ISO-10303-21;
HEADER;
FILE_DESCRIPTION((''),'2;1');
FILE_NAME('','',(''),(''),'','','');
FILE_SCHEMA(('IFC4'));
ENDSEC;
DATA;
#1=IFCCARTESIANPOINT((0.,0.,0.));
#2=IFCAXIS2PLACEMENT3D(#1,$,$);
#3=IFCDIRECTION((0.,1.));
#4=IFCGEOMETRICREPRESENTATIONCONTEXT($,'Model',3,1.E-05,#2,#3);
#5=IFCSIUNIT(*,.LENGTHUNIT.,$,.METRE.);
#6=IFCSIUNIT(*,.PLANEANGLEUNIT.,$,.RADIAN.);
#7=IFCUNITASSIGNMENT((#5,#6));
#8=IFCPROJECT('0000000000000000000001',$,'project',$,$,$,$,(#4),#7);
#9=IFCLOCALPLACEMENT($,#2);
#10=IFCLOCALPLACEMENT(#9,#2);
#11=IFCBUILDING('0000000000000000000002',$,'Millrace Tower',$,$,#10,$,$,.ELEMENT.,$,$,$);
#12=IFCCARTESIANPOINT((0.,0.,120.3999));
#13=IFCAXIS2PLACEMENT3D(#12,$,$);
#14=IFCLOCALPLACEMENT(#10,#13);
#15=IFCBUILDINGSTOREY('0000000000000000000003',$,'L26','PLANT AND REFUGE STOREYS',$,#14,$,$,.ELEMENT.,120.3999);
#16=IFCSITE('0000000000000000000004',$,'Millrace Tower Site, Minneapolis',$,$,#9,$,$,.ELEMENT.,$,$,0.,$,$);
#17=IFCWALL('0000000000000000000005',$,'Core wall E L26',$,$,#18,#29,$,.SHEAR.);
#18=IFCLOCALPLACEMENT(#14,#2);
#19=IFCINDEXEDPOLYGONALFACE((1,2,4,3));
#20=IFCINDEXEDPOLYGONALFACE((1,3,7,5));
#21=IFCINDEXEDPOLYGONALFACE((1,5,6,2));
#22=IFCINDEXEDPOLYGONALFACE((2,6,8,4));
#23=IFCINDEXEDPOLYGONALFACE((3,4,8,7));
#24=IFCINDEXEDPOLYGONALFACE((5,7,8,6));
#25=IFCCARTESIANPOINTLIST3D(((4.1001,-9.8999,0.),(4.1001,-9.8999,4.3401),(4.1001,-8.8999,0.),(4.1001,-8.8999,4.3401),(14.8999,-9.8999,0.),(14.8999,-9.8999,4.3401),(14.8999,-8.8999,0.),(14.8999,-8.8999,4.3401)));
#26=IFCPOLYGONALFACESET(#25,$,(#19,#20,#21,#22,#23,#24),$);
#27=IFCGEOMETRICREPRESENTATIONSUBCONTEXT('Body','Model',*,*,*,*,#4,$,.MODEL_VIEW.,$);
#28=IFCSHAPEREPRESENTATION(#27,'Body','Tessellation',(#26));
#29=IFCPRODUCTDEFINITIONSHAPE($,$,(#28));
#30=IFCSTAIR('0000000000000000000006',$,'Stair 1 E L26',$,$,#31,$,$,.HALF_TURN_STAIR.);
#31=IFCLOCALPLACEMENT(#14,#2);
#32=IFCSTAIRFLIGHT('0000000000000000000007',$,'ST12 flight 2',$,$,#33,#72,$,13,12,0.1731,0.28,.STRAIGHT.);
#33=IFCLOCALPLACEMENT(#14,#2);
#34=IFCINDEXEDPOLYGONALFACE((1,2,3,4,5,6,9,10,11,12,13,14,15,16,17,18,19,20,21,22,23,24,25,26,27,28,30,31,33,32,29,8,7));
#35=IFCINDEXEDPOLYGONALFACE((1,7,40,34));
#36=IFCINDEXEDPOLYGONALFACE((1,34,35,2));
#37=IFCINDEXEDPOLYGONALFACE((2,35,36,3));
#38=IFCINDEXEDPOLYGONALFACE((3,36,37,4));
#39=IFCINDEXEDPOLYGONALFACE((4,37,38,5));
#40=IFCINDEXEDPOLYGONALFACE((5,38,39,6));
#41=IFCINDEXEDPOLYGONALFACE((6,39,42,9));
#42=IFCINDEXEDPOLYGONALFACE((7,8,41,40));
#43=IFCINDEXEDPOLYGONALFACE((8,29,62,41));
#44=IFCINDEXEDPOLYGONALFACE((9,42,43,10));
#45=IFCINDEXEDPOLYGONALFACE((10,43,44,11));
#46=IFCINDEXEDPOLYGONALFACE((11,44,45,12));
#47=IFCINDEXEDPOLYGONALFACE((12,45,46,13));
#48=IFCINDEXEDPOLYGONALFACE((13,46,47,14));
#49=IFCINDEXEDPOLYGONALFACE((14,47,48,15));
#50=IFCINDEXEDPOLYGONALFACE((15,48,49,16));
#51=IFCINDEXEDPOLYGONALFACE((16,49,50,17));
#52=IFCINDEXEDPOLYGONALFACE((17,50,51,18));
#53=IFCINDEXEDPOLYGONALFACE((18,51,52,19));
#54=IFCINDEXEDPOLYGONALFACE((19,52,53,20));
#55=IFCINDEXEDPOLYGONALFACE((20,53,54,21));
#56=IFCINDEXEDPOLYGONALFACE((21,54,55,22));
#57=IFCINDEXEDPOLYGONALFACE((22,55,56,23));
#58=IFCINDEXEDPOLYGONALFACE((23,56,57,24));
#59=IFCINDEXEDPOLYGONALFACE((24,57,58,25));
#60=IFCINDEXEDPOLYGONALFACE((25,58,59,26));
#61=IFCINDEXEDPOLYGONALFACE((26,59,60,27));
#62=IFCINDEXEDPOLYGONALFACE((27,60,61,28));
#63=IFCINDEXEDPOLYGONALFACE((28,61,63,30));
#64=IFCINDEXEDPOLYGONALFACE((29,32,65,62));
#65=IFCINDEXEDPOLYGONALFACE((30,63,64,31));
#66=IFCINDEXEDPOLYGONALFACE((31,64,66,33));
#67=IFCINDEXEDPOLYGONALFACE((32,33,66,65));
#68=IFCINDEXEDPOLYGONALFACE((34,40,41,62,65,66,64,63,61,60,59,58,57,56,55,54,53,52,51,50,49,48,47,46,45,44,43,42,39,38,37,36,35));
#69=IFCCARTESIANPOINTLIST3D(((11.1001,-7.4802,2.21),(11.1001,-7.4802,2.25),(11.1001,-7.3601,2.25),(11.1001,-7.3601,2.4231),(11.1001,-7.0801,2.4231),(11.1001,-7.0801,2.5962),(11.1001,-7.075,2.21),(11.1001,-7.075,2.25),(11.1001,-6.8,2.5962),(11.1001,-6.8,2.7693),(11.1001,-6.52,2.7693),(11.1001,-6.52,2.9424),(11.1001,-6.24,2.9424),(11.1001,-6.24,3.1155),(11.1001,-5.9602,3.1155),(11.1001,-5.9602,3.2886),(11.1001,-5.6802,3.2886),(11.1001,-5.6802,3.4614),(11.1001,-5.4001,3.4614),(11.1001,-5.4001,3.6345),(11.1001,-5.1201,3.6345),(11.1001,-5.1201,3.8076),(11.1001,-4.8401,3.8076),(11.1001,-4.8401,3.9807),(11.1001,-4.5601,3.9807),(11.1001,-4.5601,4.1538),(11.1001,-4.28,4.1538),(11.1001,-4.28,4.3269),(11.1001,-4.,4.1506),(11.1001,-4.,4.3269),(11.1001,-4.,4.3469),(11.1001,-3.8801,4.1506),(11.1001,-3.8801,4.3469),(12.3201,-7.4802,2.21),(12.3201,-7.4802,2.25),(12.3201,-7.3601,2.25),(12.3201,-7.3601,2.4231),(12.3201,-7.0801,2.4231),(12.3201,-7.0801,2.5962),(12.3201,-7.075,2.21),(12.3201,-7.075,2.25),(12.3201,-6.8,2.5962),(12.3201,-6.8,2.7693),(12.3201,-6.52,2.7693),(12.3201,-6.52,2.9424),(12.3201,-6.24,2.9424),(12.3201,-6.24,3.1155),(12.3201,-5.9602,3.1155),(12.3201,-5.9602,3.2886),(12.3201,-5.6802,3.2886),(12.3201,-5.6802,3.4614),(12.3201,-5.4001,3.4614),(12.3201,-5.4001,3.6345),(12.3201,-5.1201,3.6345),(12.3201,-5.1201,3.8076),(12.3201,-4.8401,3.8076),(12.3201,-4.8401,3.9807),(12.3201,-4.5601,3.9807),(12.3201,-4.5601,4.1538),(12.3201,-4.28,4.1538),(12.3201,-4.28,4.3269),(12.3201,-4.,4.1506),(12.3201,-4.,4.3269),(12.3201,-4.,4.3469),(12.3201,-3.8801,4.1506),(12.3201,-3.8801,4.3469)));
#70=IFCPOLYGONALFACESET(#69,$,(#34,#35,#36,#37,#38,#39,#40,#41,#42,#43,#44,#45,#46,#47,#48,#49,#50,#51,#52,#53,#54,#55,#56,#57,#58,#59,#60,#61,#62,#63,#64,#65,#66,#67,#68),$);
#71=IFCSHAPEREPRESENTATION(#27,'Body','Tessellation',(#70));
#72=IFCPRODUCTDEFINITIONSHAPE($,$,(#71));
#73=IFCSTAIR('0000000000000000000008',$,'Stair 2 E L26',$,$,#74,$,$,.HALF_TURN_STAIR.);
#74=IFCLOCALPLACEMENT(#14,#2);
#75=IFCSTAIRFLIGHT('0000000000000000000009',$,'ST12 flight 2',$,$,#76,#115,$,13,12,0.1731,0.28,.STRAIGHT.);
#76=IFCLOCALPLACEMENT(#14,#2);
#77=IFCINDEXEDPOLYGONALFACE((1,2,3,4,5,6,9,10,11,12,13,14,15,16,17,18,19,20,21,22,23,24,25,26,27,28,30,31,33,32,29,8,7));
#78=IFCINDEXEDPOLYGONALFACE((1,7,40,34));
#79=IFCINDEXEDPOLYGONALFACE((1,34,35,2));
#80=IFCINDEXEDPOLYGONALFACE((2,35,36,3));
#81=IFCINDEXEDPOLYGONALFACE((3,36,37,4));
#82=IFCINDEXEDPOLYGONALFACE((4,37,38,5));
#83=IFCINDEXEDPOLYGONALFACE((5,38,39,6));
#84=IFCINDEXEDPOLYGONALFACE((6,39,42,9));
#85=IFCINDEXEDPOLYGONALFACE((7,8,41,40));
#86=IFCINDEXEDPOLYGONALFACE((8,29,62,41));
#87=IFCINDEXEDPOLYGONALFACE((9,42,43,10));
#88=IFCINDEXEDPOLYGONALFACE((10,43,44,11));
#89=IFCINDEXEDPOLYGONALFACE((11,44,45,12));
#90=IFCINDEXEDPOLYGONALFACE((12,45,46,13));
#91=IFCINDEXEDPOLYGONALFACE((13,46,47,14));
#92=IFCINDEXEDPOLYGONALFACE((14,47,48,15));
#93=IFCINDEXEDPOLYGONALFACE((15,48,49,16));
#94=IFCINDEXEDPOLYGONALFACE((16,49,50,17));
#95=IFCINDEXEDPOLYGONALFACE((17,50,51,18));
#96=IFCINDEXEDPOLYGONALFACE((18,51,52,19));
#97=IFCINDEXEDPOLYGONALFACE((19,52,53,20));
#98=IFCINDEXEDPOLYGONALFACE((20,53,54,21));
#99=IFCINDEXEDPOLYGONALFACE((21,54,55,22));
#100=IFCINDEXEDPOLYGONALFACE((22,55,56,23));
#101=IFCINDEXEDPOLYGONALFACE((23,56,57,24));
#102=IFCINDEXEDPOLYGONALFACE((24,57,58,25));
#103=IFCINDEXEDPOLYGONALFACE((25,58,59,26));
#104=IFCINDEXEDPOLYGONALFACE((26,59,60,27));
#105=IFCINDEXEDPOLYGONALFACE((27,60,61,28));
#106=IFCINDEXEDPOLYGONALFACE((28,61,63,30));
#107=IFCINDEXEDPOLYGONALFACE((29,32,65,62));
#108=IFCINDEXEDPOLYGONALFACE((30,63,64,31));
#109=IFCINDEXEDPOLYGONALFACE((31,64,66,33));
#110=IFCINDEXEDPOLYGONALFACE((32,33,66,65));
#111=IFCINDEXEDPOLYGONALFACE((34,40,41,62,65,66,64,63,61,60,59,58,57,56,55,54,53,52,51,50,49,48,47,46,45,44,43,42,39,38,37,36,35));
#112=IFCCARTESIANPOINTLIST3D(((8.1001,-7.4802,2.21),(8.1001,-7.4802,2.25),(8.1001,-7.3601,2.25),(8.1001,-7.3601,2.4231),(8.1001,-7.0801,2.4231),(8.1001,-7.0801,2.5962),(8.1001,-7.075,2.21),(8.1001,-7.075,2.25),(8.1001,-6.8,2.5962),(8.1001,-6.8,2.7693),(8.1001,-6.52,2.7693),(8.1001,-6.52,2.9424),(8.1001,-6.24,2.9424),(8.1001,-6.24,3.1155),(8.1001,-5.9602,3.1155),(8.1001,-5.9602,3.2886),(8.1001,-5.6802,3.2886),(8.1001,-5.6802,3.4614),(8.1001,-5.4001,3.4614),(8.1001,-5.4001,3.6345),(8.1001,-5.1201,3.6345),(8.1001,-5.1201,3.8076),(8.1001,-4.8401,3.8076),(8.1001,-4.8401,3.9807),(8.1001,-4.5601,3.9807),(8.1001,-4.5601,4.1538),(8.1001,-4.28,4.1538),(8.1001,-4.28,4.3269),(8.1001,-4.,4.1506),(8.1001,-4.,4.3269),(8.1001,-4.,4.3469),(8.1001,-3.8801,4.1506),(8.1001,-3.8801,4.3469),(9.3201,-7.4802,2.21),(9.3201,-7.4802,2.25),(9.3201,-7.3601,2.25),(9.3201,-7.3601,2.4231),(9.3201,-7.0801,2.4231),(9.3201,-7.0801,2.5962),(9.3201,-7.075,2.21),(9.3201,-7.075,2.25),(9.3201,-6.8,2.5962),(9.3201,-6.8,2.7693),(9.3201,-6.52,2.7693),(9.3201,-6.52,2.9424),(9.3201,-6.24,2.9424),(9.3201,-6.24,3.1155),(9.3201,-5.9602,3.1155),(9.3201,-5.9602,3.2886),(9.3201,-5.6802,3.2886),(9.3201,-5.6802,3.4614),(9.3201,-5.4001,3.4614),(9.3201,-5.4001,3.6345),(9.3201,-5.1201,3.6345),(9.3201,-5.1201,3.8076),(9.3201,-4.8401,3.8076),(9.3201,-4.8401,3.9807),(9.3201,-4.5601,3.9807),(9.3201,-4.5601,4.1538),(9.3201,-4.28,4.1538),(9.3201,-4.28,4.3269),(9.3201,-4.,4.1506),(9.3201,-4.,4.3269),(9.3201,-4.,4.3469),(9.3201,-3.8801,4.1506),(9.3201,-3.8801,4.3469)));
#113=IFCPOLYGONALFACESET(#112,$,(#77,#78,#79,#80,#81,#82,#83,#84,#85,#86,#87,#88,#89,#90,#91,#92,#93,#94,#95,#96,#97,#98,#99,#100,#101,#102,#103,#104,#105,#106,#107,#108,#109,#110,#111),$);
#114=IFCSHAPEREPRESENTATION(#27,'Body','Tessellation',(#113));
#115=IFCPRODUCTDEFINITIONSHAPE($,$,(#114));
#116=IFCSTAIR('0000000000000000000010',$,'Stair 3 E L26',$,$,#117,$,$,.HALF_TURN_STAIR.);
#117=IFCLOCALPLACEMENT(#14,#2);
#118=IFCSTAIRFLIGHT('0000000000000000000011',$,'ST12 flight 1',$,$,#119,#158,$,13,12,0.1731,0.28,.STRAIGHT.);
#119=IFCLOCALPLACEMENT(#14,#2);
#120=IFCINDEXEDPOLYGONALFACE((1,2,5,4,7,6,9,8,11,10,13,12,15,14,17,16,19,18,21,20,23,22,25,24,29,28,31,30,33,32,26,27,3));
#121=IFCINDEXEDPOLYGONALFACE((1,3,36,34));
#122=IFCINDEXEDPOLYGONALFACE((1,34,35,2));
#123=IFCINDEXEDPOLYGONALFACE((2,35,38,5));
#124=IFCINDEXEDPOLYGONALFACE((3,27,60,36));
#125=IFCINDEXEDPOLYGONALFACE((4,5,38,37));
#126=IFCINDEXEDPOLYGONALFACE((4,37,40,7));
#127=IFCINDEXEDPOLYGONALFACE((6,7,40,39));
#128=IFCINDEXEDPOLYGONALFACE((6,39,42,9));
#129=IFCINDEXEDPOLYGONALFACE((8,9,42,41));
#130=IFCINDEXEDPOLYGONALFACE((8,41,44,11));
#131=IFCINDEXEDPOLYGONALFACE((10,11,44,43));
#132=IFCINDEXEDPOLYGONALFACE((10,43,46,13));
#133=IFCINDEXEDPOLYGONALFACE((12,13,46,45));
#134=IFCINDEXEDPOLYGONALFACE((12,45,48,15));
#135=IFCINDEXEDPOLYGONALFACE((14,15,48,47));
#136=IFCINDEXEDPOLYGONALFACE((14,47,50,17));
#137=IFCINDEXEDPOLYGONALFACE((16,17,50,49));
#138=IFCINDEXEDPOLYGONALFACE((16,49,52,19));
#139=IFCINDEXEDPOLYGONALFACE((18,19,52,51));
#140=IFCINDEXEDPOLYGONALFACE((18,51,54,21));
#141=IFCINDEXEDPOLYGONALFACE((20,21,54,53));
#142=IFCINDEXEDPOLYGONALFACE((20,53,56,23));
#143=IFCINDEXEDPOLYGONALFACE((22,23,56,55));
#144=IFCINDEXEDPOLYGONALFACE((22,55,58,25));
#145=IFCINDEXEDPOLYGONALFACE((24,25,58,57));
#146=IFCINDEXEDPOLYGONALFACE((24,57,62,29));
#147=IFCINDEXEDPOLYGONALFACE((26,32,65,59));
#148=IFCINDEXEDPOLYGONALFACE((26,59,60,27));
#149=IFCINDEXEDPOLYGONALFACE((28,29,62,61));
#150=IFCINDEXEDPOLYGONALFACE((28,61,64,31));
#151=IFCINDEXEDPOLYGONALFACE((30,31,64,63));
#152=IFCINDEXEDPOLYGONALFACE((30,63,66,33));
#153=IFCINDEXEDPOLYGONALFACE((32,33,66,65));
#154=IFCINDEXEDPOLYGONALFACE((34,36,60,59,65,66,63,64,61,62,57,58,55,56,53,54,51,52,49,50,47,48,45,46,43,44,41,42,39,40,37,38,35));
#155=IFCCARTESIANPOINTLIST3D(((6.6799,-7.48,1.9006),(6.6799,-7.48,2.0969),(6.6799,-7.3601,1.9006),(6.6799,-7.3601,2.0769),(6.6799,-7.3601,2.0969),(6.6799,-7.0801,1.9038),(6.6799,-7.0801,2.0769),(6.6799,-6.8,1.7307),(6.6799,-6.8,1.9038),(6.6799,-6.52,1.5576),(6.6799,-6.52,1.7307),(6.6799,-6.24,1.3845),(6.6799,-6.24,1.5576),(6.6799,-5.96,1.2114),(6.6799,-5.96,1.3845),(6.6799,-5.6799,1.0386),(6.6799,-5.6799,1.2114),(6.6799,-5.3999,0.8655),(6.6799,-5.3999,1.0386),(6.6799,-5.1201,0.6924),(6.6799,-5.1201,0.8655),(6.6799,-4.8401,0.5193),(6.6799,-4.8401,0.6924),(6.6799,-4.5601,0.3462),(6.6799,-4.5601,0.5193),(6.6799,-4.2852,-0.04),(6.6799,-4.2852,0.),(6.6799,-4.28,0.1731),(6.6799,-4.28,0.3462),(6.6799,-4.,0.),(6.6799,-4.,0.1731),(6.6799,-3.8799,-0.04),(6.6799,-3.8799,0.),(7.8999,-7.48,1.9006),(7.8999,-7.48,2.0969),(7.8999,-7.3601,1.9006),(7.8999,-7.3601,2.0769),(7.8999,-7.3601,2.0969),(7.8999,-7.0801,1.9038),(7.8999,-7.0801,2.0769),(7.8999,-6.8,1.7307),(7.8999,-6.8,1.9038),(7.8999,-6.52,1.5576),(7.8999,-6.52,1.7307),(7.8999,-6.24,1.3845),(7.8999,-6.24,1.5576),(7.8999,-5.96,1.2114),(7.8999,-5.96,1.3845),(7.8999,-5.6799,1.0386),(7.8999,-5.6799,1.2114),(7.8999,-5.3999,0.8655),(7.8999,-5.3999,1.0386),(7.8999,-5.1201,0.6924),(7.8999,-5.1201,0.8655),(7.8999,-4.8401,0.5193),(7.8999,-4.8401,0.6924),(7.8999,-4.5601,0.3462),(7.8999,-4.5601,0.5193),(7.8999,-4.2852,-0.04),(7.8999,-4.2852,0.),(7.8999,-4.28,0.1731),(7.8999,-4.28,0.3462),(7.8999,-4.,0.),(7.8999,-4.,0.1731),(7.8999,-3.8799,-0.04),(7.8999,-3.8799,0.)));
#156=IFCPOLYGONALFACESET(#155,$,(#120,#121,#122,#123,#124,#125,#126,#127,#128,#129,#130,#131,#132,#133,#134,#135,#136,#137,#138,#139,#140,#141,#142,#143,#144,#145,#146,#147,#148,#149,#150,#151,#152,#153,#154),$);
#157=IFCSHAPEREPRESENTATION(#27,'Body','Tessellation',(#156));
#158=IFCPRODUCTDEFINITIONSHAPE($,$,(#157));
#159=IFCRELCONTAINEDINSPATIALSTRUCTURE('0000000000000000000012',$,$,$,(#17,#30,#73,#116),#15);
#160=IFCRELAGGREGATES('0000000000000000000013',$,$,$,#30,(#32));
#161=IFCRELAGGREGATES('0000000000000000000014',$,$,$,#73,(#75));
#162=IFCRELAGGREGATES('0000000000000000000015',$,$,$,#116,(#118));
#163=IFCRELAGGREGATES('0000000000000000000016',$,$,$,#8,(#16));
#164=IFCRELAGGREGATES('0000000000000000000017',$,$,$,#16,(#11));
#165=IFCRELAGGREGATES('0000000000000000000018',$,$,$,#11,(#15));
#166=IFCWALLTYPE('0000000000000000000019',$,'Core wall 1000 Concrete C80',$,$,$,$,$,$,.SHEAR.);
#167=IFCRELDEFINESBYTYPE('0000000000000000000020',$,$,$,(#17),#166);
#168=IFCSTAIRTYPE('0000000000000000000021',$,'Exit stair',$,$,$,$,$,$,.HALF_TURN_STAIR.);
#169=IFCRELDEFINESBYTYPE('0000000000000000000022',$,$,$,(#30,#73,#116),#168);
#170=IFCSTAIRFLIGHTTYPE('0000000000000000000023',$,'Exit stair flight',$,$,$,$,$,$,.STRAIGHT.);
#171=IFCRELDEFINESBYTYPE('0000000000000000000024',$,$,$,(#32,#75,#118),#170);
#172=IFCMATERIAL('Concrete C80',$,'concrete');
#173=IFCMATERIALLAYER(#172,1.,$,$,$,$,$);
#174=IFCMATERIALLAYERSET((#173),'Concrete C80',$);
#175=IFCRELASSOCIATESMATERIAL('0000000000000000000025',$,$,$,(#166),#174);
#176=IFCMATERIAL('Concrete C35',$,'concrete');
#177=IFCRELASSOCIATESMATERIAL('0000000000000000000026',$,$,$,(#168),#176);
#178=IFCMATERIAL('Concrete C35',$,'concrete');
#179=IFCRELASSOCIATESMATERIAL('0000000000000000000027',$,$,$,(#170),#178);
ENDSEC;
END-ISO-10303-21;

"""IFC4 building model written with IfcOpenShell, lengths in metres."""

from ifc_helpers import new_model, si_unit, direction, frame, frame_2d, origin, place, context, subcontext, project, spatial, polyline, rectangle, outline, extrude, material, layer, layer_set, type_object, element, aggregate, save


model = new_model("IFC4")

# Units and contexts
model_context = context("Model", 3, precision=1e-05, world=origin(), true_north=direction((0.0, 1.0)))
body_context = subcontext(model_context, "Body", "Model", "MODEL_VIEW")
ifc_project = project(units=[si_unit("LENGTHUNIT", "METRE"), si_unit("PLANEANGLEUNIT", "RADIAN")], contexts=[model_context])

# Site, building, storey
site_placement = place(None, origin())
site = spatial("IfcSite", under=ifc_project, at=site_placement, Name="Millrace Tower Site, Minneapolis", CompositionType="ELEMENT", RefElevation=0.0)
building_placement = place(site_placement, origin())
building = spatial("IfcBuilding", under=site, at=building_placement, Name="Millrace Tower", CompositionType="ELEMENT")
storey_placement = place(building_placement, frame((0.0, 0.0, 120.3999)))
storey = spatial("IfcBuildingStorey", under=building, at=storey_placement, Name="L26", Description="PLANT AND REFUGE STOREYS", CompositionType="ELEMENT", Elevation=120.3999)

# Wall
ifc_material_1 = material(Name="Concrete C80", Category="concrete")
ifc_layer_1 = layer(ifc_material_1, 1.0)
ifc_layer_set_1 = layer_set([ifc_layer_1], Name="Concrete C80")
wall_type = type_object("IfcWallType", Name="Core wall 1000 Concrete C80", PredefinedType="SHEAR", material=ifc_layer_set_1)
wall_placement = place(storey_placement, frame((14.8999, -9.3999, 0.0), z_axis=(0.0, 0.0, 1.0), x_axis=(-1.0, 0.0, 0.0)))
element("IfcWall", 1, at=wall_placement, inside=storey, type_object=wall_type, Name="Core wall E L26", PredefinedType="SHEAR", context=body_context, shape_type="SweptSolid", body=[
    extrude(rectangle(XDim=10.7998, YDim=1.0, at=frame_2d((5.3999, 0.0))), origin(), (0.0, 0.0, 1.0), 4.3401),
])

# Stairs, stair flights
ifc_material_2 = material(Name="Concrete C35", Category="concrete")
stair_type = type_object("IfcStairType", Name="Exit stair", PredefinedType="HALF_TURN_STAIR", material=ifc_material_2)
placement = place(storey_placement, origin())
stair_1 = element("IfcStair", 2, at=placement, inside=storey, type_object=stair_type, Name="Stair 1 E L26", PredefinedType="HALF_TURN_STAIR")
ifc_material_3 = material(Name="Concrete C35", Category="concrete")
stair_flight_type = type_object("IfcStairFlightType", Name="Exit stair flight", PredefinedType="STRAIGHT", material=ifc_material_3)
stair_flight_1_placement = place(storey_placement, frame((11.71, -7.3601, 2.25), z_axis=(0.0, 0.0, 1.0), x_axis=(0.0, 1.0, 0.0)))
stair_flight_1 = element("IfcStairFlight", 3, at=stair_flight_1_placement, type_object=stair_flight_type, Name="ST12 flight 2", NumberOfRisers=13, NumberOfTreads=12, PredefinedType="STRAIGHT", RiserHeight=0.1731, TreadLength=0.28, context=body_context, shape_type="SweptSolid", body=[
    extrude(outline(polyline([(-0.1201, -0.04), (-0.1201, 0.0), (0.0, 0.0), (0.0, 0.1731), (0.28, 0.1731), (0.28, 0.3462), (0.5601, 0.3462), (0.5601, 0.5193), (0.8401, 0.5193), (0.8401, 0.6924), (1.1201, 0.6924), (1.1201, 0.8655), (1.3999, 0.8655), (1.3999, 1.0386), (1.6799, 1.0386), (1.6799, 1.2114), (1.96, 1.2114), (1.96, 1.3845), (2.24, 1.3845), (2.24, 1.5576), (2.52, 1.5576), (2.52, 1.7307), (2.8, 1.7307), (2.8, 1.9038), (3.0801, 1.9038), (3.0801, 2.0769), (3.3601, 2.0769), (3.3601, 2.0969), (3.48, 2.0969), (3.48, 1.9006), (3.3601, 1.9006), (0.2852, 0.0), (0.2852, -0.04), (-0.1201, -0.04)])), frame((0.0, 0.6099, 0.0), z_axis=(0.0, -1.0, 0.0), x_axis=(1.0, 0.0, 0.0)), (0.0, 0.0, 1.0), 1.22),
])
aggregate(stair_1, [stair_flight_1])
stair_2 = element("IfcStair", 4, at=placement, inside=storey, type_object=stair_type, Name="Stair 2 E L26", PredefinedType="HALF_TURN_STAIR")
stair_flight_2_placement = place(storey_placement, frame((8.71, -7.3601, 2.25), z_axis=(0.0, 0.0, 1.0), x_axis=(0.0, 1.0, 0.0)))
stair_flight_2 = element("IfcStairFlight", 5, at=stair_flight_2_placement, type_object=stair_flight_type, Name="ST12 flight 2", NumberOfRisers=13, NumberOfTreads=12, PredefinedType="STRAIGHT", RiserHeight=0.1731, TreadLength=0.28, context=body_context, shape_type="SweptSolid", body=[
    extrude(outline(polyline([(-0.1201, -0.04), (-0.1201, 0.0), (0.0, 0.0), (0.0, 0.1731), (0.28, 0.1731), (0.28, 0.3462), (0.5601, 0.3462), (0.5601, 0.5193), (0.8401, 0.5193), (0.8401, 0.6924), (1.1201, 0.6924), (1.1201, 0.8655), (1.3999, 0.8655), (1.3999, 1.0386), (1.6799, 1.0386), (1.6799, 1.2114), (1.96, 1.2114), (1.96, 1.3845), (2.24, 1.3845), (2.24, 1.5576), (2.52, 1.5576), (2.52, 1.7307), (2.8, 1.7307), (2.8, 1.9038), (3.0801, 1.9038), (3.0801, 2.0769), (3.3601, 2.0769), (3.3601, 2.0969), (3.48, 2.0969), (3.48, 1.9006), (3.3601, 1.9006), (0.2852, 0.0), (0.2852, -0.04), (-0.1201, -0.04)])), frame((0.0, 0.6099, 0.0), z_axis=(0.0, -1.0, 0.0), x_axis=(1.0, 0.0, 0.0)), (0.0, 0.0, 1.0), 1.22),
])
aggregate(stair_2, [stair_flight_2])

# Stair, stair flight
stair_3 = element("IfcStair", 6, at=placement, inside=storey, type_object=stair_type, Name="Stair 3 E L26", PredefinedType="HALF_TURN_STAIR")
stair_flight_3_placement = place(storey_placement, frame((7.29, -4.0, 0.0), z_axis=(0.0, 0.0, 1.0), x_axis=(0.0, -1.0, 0.0)))
stair_flight_3 = element("IfcStairFlight", 7, at=stair_flight_3_placement, type_object=stair_flight_type, Name="ST12 flight 1", NumberOfRisers=13, NumberOfTreads=12, PredefinedType="STRAIGHT", RiserHeight=0.1731, TreadLength=0.28, context=body_context, shape_type="SweptSolid", body=[
    extrude(outline(polyline([(-0.1201, -0.04), (-0.1201, 0.0), (0.0, 0.0), (0.0, 0.1731), (0.28, 0.1731), (0.28, 0.3462), (0.5601, 0.3462), (0.5601, 0.5193), (0.8401, 0.5193), (0.8401, 0.6924), (1.1201, 0.6924), (1.1201, 0.8655), (1.3999, 0.8655), (1.3999, 1.0386), (1.6799, 1.0386), (1.6799, 1.2114), (1.96, 1.2114), (1.96, 1.3845), (2.24, 1.3845), (2.24, 1.5576), (2.52, 1.5576), (2.52, 1.7307), (2.8, 1.7307), (2.8, 1.9038), (3.0801, 1.9038), (3.0801, 2.0769), (3.3601, 2.0769), (3.3601, 2.0969), (3.48, 2.0969), (3.48, 1.9006), (3.3601, 1.9006), (0.2852, 0.0), (0.2852, -0.04), (-0.1201, -0.04)])), frame((0.0, 0.6099, 0.0), z_axis=(0.0, -1.0, 0.0), x_axis=(1.0, 0.0, 0.0)), (0.0, 0.0, 1.0), 1.22),
])
aggregate(stair_3, [stair_flight_3])

save(model, "model.ifc")
